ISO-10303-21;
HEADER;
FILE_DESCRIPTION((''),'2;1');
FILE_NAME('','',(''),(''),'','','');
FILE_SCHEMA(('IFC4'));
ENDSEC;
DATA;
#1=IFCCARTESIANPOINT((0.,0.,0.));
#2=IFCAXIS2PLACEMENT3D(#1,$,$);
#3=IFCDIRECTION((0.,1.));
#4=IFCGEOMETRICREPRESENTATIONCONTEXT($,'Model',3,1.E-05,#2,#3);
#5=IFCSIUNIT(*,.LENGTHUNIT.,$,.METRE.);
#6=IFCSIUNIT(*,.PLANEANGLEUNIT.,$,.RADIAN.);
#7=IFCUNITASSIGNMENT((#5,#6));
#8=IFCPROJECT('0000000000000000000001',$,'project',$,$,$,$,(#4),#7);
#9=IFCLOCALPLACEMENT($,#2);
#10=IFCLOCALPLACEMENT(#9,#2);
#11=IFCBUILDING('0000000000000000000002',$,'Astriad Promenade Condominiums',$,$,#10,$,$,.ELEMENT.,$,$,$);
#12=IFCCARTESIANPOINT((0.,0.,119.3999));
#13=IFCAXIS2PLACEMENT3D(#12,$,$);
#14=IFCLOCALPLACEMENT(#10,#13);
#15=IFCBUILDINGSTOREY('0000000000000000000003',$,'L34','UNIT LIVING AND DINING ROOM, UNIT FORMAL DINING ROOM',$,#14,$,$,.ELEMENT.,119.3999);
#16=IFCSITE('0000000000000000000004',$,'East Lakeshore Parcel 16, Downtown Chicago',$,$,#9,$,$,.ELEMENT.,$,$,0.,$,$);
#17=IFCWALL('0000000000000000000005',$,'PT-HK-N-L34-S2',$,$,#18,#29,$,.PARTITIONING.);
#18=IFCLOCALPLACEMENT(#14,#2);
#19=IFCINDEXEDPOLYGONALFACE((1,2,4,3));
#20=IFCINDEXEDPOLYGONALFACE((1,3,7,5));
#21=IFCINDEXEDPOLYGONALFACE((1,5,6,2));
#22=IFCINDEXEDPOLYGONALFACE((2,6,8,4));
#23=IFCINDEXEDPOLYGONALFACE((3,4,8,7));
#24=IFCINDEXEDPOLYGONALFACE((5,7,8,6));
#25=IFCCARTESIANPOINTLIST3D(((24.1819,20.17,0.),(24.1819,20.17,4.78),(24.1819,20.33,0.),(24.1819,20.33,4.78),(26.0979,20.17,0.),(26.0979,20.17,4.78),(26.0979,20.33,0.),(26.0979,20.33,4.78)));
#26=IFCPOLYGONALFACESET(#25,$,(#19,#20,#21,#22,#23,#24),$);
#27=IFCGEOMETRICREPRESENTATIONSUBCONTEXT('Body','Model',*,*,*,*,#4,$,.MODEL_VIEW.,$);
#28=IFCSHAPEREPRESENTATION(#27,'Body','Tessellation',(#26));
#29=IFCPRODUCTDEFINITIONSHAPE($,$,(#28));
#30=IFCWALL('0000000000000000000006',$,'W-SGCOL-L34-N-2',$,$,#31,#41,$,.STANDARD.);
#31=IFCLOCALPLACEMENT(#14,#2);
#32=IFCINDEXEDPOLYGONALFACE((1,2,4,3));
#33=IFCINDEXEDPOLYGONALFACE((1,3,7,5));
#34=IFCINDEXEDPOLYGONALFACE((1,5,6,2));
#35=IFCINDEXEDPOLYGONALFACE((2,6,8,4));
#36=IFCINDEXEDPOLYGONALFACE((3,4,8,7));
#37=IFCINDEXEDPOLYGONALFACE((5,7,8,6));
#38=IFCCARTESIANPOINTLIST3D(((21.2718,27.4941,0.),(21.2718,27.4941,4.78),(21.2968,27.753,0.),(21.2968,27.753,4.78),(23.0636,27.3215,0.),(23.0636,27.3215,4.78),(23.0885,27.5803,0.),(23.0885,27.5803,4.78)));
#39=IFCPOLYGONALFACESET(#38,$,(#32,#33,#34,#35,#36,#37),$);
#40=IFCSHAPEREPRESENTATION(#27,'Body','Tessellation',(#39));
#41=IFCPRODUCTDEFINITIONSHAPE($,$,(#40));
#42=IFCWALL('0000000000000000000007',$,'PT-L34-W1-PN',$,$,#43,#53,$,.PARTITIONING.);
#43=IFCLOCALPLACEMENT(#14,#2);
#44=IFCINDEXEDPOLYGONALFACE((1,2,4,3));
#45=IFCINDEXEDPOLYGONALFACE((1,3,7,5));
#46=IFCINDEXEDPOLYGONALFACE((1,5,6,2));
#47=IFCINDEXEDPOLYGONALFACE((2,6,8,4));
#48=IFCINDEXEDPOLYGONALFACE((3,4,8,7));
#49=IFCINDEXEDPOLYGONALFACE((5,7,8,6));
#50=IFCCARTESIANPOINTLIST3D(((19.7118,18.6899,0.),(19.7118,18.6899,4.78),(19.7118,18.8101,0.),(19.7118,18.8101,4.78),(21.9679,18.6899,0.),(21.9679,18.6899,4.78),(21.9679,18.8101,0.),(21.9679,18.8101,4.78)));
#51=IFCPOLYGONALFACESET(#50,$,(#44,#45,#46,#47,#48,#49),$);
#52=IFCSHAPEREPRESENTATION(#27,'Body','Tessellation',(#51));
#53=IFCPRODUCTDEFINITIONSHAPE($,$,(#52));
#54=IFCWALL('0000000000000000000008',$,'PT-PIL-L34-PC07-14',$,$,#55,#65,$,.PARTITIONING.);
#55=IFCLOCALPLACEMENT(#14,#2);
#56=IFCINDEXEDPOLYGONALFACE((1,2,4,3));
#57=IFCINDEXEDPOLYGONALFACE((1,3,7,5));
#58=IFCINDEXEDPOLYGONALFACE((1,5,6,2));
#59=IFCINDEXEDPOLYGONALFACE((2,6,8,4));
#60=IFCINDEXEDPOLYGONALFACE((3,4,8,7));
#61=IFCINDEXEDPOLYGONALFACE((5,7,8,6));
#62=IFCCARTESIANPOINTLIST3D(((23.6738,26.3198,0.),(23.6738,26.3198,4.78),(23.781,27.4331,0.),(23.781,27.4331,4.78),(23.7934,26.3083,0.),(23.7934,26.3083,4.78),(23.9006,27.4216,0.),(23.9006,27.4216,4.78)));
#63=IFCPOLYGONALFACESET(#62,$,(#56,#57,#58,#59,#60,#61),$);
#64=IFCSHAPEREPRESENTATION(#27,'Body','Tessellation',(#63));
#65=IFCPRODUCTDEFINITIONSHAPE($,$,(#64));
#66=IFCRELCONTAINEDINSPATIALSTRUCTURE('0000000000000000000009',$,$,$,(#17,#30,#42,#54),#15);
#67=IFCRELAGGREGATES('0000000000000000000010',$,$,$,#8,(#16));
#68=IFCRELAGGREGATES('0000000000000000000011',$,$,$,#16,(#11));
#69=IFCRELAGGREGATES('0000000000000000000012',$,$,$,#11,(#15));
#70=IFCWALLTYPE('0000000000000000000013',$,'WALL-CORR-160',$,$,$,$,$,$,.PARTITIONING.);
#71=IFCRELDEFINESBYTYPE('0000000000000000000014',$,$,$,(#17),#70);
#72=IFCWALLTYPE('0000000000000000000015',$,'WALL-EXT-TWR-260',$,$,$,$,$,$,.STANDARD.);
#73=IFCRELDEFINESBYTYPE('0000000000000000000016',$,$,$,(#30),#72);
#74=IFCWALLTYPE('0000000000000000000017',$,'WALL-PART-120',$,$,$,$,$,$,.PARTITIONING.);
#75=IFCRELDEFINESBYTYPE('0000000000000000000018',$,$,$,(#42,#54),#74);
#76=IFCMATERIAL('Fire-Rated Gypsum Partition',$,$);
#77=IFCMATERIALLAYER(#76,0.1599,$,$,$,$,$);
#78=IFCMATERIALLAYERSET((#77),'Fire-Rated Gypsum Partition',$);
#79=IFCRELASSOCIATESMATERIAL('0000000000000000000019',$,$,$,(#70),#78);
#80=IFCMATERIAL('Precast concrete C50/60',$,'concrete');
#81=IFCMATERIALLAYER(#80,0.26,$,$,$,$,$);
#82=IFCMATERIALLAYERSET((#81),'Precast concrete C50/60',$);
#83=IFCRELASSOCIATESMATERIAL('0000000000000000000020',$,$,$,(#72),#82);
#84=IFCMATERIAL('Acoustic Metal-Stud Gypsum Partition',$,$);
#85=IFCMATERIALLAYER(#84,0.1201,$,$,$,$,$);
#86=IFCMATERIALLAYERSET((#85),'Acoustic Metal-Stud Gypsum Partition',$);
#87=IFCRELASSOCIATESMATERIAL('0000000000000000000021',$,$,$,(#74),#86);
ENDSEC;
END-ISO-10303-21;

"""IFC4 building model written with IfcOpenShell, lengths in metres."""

from ifc_helpers import new_model, si_unit, direction, frame, frame_2d, origin, place, context, subcontext, project, spatial, rectangle, extrude, material, layer, layer_set, type_object, element, save


model = new_model("IFC4")

# Units and contexts
model_context = context("Model", 3, precision=1e-05, world=origin(), true_north=direction((0.0, 1.0)))
body_context = subcontext(model_context, "Body", "Model", "MODEL_VIEW")
ifc_project = project(units=[si_unit("LENGTHUNIT", "METRE"), si_unit("PLANEANGLEUNIT", "RADIAN")], contexts=[model_context])

# Site, building, storey
site_placement = place(None, origin())
site = spatial("IfcSite", under=ifc_project, at=site_placement, Name="East Lakeshore Parcel 16, Downtown Chicago", CompositionType="ELEMENT", RefElevation=0.0)
building_placement = place(site_placement, origin())
building = spatial("IfcBuilding", under=site, at=building_placement, Name="Astriad Promenade Condominiums", CompositionType="ELEMENT")
storey_placement = place(building_placement, frame((0.0, 0.0, 119.3999)))
storey = spatial("IfcBuildingStorey", under=building, at=storey_placement, Name="L34", Description="UNIT LIVING AND DINING ROOM, UNIT FORMAL DINING ROOM", CompositionType="ELEMENT", Elevation=119.3999)

# Shared definitions
ifc_material_1 = material(Name="Fire-Rated Gypsum Partition")
ifc_layer_1 = layer(ifc_material_1, 0.1599)
ifc_layer_set_1 = layer_set([ifc_layer_1], Name="Fire-Rated Gypsum Partition")
wall_type_1 = type_object("IfcWallType", Name="WALL-CORR-160", PredefinedType="PARTITIONING", material=ifc_layer_set_1)

# Walls
wall_1_placement = place(storey_placement, frame((24.1819, 20.25, 0.0), z_axis=(0.0, 0.0, 1.0), x_axis=(1.0, 0.0, 0.0)))
element("IfcWall", 1, at=wall_1_placement, inside=storey, type_object=wall_type_1, Name="PT-HK-N-L34-S2", PredefinedType="PARTITIONING", context=body_context, shape_type="SweptSolid", body=[
    extrude(rectangle(XDim=1.916, YDim=0.1599, at=frame_2d((0.958, 0.0))), origin(), (0.0, 0.0, 1.0), 4.78),
])
ifc_material_2 = material(Name="Precast concrete C50/60", Category="concrete")
ifc_layer_2 = layer(ifc_material_2, 0.26)
ifc_layer_set_2 = layer_set([ifc_layer_2], Name="Precast concrete C50/60")
wall_type_2 = type_object("IfcWallType", Name="WALL-EXT-TWR-260", PredefinedType="STANDARD", material=ifc_layer_set_2)
wall_2_placement = place(storey_placement, frame((21.2844, 27.6235, 0.0), z_axis=(0.0, 0.0, 1.0), x_axis=(0.995392, -0.095891, 0.0)))
element("IfcWall", 2, at=wall_2_placement, inside=storey, type_object=wall_type_2, Name="W-SGCOL-L34-N-2", PredefinedType="STANDARD", context=body_context, shape_type="SweptSolid", body=[
    extrude(rectangle(XDim=1.8, YDim=0.26, at=frame_2d((0.8999, 0.0))), origin(), (0.0, 0.0, 1.0), 4.78),
])
ifc_material_3 = material(Name="Acoustic Metal-Stud Gypsum Partition")
ifc_layer_3 = layer(ifc_material_3, 0.1201)
ifc_layer_set_3 = layer_set([ifc_layer_3], Name="Acoustic Metal-Stud Gypsum Partition")
wall_type_3 = type_object("IfcWallType", Name="WALL-PART-120", PredefinedType="PARTITIONING", material=ifc_layer_set_3)
wall_3_placement = place(storey_placement, frame((19.7119, 18.75, 0.0), z_axis=(0.0, 0.0, 1.0), x_axis=(1.0, 0.0, 0.0)))
element("IfcWall", 3, at=wall_3_placement, inside=storey, type_object=wall_type_3, Name="PT-L34-W1-PN", PredefinedType="PARTITIONING", context=body_context, shape_type="SweptSolid", body=[
    extrude(rectangle(XDim=2.2561, YDim=0.1201, at=frame_2d((1.1279, 0.0))), origin(), (0.0, 0.0, 1.0), 4.78),
])
wall_4_placement = place(storey_placement, frame((23.7336, 26.3142, 0.0), z_axis=(0.0, 0.0, 1.0), x_axis=(0.095829, 0.995398, 0.0)))
element("IfcWall", 4, at=wall_4_placement, inside=storey, type_object=wall_type_3, Name="PT-PIL-L34-PC07-14", PredefinedType="PARTITIONING", context=body_context, shape_type="SweptSolid", body=[
    extrude(rectangle(XDim=1.1184, YDim=0.1201, at=frame_2d((0.5591, 0.0))), origin(), (0.0, 0.0, 1.0), 4.78),
])

save(model, "model.ifc")
